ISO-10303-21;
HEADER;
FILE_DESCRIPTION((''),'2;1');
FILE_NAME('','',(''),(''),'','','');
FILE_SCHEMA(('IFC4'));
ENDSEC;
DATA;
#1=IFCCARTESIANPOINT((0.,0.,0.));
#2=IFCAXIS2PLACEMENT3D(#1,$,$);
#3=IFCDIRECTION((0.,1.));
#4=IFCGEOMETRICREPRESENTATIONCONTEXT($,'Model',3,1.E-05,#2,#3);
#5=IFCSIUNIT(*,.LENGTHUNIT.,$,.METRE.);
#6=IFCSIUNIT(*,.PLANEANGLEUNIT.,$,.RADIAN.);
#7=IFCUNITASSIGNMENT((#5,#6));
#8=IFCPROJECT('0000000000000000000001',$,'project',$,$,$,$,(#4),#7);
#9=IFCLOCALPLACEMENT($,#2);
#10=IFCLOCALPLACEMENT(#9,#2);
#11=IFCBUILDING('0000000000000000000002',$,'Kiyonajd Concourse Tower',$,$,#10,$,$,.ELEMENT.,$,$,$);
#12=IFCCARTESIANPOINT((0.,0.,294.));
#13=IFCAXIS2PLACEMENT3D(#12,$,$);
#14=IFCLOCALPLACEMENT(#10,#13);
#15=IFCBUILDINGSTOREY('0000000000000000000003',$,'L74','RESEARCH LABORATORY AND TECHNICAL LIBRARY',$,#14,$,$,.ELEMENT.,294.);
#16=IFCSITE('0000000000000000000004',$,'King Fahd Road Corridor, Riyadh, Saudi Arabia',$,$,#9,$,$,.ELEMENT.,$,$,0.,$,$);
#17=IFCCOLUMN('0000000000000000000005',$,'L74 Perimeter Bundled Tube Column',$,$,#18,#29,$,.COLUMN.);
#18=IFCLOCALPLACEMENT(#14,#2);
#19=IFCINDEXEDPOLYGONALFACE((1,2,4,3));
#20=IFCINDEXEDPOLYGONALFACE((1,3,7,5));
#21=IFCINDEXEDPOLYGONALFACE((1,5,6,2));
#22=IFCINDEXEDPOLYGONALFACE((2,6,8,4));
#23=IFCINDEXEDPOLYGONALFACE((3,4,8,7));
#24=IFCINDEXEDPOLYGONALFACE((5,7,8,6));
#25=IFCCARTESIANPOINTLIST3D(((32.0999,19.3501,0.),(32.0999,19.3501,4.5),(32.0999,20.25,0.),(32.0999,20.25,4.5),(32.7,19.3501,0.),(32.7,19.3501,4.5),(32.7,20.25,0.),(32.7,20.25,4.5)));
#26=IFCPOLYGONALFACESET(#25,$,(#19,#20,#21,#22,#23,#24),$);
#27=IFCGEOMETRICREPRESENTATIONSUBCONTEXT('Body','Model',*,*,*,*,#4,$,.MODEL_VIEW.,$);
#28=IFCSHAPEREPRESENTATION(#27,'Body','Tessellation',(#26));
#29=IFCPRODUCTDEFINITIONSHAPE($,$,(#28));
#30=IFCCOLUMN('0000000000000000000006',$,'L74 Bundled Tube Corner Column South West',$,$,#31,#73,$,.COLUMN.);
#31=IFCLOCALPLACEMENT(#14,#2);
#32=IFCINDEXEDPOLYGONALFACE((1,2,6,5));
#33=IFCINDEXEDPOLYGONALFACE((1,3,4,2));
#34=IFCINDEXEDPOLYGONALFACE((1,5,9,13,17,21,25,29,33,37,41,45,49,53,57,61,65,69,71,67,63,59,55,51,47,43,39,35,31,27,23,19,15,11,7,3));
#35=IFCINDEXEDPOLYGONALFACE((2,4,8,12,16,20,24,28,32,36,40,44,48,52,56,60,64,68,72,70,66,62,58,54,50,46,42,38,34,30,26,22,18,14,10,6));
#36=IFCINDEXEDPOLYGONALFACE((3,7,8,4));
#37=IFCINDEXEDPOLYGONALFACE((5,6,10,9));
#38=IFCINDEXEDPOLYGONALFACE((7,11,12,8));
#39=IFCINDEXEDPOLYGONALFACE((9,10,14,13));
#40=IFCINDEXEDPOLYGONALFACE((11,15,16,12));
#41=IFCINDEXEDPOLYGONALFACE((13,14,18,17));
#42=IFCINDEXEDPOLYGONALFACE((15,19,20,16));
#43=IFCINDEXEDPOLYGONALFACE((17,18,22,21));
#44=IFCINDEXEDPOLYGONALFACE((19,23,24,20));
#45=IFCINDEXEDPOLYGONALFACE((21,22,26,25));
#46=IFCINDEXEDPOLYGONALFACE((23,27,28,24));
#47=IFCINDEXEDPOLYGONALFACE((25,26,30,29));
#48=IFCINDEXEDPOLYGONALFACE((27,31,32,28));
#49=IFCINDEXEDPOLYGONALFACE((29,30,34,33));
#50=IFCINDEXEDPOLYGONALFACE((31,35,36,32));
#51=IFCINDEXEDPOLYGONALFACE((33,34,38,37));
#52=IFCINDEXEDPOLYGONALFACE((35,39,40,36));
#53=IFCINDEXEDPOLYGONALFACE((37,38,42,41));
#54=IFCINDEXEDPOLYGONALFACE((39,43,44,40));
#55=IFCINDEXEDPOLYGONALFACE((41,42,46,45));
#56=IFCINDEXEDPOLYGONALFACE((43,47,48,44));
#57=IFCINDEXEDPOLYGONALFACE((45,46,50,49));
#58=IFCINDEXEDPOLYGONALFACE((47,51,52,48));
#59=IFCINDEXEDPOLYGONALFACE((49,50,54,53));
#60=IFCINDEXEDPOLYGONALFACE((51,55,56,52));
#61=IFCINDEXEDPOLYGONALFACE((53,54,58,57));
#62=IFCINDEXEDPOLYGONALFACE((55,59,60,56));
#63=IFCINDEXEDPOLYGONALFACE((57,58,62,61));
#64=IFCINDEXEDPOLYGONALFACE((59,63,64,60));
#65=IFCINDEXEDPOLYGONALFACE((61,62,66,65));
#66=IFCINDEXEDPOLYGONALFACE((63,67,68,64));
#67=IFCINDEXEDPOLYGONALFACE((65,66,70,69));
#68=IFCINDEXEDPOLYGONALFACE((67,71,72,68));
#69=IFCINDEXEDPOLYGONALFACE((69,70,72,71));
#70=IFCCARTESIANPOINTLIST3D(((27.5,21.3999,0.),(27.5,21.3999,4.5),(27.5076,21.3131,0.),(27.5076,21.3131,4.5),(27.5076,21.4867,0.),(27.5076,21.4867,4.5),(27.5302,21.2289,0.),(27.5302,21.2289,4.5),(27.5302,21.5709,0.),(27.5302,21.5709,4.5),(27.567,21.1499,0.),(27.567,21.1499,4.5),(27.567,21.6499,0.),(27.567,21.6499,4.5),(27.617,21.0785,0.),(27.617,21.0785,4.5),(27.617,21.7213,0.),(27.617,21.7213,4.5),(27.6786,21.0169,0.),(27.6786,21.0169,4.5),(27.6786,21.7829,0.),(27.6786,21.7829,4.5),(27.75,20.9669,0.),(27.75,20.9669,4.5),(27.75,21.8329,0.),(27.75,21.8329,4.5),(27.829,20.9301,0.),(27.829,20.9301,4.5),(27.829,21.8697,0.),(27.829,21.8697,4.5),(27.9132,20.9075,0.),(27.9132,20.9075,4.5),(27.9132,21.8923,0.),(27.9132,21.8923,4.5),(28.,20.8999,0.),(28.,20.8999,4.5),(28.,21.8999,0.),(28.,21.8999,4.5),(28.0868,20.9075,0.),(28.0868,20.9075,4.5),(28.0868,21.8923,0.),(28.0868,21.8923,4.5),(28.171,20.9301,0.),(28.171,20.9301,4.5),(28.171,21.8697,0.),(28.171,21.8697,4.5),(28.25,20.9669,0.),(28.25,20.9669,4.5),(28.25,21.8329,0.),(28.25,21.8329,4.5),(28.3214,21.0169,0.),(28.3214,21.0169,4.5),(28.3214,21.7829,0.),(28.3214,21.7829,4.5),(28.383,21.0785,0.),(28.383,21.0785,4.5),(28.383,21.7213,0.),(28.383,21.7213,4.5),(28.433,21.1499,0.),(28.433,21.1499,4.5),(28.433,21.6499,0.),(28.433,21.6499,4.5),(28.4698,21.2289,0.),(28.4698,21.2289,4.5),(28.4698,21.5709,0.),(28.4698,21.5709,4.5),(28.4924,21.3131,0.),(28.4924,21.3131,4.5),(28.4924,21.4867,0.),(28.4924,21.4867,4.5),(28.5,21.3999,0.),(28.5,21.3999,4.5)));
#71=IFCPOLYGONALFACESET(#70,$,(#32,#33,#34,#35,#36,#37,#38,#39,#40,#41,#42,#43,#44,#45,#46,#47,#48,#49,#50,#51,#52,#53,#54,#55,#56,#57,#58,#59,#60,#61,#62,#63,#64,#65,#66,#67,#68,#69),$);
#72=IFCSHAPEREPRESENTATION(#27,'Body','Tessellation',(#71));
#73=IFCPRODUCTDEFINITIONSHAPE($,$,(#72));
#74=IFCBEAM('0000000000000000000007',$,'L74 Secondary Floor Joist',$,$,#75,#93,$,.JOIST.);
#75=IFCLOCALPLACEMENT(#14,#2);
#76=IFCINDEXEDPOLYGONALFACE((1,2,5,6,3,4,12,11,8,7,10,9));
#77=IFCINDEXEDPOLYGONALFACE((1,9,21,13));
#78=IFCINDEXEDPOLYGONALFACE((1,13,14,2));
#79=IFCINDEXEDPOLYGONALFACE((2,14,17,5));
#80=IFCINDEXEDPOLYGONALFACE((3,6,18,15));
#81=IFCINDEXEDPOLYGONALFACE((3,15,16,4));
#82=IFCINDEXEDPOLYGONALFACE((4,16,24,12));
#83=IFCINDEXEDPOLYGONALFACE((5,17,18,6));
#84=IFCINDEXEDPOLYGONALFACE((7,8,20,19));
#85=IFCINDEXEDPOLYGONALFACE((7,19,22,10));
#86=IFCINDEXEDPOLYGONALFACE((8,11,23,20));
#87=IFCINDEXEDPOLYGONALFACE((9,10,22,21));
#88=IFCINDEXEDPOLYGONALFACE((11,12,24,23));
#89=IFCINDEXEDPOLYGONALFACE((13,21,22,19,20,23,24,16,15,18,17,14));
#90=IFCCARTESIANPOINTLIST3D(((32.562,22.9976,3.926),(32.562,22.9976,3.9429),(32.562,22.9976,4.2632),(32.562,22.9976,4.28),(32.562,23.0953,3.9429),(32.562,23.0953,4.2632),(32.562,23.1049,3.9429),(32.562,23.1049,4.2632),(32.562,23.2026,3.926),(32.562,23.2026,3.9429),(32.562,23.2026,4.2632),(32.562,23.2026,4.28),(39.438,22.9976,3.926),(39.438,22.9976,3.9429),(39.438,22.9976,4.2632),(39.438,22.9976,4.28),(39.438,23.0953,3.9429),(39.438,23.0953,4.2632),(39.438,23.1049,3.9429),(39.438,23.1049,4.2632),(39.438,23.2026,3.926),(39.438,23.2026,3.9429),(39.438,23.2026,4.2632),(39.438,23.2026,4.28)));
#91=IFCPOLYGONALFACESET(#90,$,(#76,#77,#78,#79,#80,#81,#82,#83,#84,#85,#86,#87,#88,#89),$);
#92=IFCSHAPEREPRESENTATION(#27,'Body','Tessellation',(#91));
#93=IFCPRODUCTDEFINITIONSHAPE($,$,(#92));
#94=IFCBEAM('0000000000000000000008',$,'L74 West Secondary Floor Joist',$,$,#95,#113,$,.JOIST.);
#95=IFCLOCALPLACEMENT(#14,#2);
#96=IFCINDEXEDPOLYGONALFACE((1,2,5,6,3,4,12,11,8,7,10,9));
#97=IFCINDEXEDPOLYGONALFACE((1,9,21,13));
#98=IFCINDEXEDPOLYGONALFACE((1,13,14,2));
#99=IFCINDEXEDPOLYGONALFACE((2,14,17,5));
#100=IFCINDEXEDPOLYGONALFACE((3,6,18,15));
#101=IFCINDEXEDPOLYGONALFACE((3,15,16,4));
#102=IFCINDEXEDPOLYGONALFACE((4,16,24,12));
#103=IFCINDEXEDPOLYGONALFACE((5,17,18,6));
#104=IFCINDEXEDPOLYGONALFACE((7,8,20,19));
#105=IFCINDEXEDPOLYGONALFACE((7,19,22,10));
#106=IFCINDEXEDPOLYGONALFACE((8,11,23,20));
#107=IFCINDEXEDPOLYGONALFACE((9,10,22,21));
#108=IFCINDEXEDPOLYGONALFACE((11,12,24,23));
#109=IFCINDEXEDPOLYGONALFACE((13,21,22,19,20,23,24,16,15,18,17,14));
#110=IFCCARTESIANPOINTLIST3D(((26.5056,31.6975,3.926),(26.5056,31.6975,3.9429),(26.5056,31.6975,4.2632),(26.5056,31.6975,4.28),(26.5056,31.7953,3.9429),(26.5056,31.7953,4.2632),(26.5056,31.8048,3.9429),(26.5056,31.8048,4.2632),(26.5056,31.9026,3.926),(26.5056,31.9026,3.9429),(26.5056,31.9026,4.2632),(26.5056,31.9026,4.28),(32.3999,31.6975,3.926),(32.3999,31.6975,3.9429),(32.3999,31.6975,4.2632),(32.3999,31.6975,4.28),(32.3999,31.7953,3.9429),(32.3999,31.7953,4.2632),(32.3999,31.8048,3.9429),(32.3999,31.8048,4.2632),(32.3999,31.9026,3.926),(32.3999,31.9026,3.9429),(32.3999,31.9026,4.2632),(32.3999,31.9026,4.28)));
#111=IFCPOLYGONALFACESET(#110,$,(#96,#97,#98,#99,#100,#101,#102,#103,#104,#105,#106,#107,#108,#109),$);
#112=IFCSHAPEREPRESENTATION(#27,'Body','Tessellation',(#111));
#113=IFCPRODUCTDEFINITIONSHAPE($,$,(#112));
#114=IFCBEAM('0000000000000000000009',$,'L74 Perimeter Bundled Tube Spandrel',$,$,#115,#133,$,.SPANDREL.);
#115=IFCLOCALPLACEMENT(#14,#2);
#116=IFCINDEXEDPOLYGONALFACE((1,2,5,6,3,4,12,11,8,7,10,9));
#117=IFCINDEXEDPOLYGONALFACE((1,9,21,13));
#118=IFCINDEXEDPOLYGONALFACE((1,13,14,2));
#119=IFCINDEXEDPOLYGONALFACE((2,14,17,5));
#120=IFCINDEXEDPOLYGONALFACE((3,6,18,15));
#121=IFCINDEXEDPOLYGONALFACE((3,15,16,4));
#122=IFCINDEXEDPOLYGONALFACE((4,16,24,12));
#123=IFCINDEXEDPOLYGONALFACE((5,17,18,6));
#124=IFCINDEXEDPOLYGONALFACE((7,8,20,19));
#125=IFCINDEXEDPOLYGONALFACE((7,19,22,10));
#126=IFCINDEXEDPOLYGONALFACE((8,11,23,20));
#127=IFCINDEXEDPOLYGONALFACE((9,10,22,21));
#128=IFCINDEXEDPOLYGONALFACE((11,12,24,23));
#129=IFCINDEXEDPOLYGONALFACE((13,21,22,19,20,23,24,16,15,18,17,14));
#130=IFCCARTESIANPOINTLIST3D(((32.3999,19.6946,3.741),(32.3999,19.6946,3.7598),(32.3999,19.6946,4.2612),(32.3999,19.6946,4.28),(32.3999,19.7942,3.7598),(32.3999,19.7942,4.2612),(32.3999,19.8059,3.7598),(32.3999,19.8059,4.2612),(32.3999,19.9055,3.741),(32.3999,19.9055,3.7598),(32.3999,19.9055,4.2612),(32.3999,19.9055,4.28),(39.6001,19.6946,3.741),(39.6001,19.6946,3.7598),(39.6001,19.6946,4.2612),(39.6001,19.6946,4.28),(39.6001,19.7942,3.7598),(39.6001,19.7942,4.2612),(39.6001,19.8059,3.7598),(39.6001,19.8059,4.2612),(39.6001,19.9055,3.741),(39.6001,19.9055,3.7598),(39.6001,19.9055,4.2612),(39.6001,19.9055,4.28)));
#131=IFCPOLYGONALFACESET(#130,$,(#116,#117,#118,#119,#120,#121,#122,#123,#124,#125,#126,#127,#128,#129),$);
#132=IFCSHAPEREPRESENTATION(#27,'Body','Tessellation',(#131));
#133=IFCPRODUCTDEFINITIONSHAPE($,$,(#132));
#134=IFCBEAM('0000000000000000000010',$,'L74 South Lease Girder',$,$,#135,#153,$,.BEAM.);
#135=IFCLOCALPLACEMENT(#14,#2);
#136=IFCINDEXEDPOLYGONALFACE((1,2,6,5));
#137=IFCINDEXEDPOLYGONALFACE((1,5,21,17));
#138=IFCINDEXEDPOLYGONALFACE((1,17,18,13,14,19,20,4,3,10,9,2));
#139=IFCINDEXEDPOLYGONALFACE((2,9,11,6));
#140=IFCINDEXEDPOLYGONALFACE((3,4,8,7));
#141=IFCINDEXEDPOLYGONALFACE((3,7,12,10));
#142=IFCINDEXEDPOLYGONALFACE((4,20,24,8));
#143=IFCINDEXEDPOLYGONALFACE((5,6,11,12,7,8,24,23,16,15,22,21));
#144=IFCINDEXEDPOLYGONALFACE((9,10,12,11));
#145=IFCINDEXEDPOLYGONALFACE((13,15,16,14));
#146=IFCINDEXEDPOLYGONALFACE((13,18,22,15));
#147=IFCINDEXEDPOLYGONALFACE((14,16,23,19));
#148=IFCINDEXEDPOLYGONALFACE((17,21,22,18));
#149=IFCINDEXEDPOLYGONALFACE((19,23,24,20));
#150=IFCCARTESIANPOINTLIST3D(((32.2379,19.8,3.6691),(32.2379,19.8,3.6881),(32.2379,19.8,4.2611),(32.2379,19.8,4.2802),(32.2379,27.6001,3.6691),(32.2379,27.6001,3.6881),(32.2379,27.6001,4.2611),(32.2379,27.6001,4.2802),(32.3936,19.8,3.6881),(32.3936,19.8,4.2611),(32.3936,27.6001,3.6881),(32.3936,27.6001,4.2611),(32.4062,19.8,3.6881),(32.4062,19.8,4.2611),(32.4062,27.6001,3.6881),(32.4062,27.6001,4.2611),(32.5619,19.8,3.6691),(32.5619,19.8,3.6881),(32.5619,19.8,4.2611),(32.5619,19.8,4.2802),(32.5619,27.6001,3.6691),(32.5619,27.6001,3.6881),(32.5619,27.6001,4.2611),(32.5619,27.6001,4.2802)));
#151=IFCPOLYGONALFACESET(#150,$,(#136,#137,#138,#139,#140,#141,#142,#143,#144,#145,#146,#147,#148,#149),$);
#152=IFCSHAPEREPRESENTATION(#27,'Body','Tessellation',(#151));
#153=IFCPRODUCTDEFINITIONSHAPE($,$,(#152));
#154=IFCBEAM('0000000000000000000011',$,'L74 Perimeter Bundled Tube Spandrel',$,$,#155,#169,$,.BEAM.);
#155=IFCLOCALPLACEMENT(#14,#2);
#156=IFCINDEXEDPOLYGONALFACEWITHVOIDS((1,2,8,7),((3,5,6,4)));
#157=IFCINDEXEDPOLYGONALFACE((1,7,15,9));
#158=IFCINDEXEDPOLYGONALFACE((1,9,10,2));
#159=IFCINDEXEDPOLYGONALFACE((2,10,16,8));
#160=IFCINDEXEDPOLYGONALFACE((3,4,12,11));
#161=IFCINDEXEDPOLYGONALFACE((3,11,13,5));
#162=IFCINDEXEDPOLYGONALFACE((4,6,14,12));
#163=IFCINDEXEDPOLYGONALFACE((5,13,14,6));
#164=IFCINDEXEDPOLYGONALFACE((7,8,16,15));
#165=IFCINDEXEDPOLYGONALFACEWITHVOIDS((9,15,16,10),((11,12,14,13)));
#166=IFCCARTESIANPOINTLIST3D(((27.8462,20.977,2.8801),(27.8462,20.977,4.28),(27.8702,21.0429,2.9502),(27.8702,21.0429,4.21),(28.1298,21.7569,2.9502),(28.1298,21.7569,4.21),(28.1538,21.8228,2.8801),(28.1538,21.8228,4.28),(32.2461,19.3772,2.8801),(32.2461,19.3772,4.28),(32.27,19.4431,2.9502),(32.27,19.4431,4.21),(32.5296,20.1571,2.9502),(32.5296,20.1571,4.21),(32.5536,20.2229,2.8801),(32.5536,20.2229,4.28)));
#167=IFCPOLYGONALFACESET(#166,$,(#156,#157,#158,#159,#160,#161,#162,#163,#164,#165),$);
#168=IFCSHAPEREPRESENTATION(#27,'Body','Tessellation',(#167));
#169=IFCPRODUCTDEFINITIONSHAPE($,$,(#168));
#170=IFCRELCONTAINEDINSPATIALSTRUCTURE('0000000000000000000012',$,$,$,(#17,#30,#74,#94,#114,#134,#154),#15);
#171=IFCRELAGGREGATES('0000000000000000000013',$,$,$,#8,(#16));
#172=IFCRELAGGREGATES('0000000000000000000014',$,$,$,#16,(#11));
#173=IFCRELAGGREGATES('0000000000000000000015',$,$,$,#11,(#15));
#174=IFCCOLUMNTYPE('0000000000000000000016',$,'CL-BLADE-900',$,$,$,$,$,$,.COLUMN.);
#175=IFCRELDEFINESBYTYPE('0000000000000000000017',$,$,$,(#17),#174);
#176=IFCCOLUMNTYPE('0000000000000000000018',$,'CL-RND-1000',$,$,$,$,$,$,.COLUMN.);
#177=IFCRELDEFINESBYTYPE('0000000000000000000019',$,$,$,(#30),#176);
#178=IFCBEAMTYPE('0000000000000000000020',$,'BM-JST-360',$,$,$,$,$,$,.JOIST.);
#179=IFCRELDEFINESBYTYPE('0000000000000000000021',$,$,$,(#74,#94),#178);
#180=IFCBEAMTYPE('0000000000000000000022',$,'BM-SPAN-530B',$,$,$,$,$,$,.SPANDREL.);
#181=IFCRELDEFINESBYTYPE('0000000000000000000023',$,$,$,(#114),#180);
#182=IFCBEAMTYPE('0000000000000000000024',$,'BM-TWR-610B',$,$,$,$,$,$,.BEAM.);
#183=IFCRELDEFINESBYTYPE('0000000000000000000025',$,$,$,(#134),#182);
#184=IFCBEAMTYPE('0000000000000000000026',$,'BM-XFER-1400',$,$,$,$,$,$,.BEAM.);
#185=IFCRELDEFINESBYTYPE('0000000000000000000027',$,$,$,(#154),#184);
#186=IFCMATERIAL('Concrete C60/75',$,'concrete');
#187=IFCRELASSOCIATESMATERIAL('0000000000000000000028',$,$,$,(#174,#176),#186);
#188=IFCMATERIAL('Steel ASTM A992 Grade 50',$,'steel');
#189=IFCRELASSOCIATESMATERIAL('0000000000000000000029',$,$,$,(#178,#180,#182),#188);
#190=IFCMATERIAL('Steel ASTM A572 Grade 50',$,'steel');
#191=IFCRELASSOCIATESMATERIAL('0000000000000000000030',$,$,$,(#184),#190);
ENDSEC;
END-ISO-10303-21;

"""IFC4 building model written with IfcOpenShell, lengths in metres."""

from ifc_helpers import new_model, si_unit, direction, frame, origin, origin_2d, place, context, subcontext, project, spatial, rectangle, hollow_rectangle, circle, i_section, extrude, material, material_profile, profile_set, type_object, element, save


model = new_model("IFC4")

# Units and contexts
model_context = context("Model", 3, precision=1e-05, world=origin(), true_north=direction((0.0, 1.0)))
body_context = subcontext(model_context, "Body", "Model", "MODEL_VIEW")
ifc_project = project(units=[si_unit("LENGTHUNIT", "METRE"), si_unit("PLANEANGLEUNIT", "RADIAN")], contexts=[model_context])

# Site, building, storey
site_placement = place(None, origin())
site = spatial("IfcSite", under=ifc_project, at=site_placement, Name="King Fahd Road Corridor, Riyadh, Saudi Arabia", CompositionType="ELEMENT", RefElevation=0.0)
building_placement = place(site_placement, origin())
building = spatial("IfcBuilding", under=site, at=building_placement, Name="Kiyonajd Concourse Tower", CompositionType="ELEMENT")
storey_placement = place(building_placement, frame((0.0, 0.0, 294.0)))
storey = spatial("IfcBuildingStorey", under=building, at=storey_placement, Name="L74", Description="RESEARCH LABORATORY AND TECHNICAL LIBRARY", CompositionType="ELEMENT", Elevation=294.0)

# Columns
ifc_material_1 = material(Name="Concrete C60/75", Category="concrete")
ifc_material_profile_1 = material_profile(ifc_material_1, rectangle(XDim=0.6001, YDim=0.8999, at=origin_2d()), Name="RC-900x600")
ifc_profile_set_1 = profile_set([ifc_material_profile_1], Name="Concrete C60/75")
column_type_1 = type_object("IfcColumnType", Name="CL-BLADE-900", PredefinedType="COLUMN", material=ifc_profile_set_1)
column_1_placement = place(storey_placement, frame((32.3999, 19.8, 0.0), z_axis=(0.0, 0.0, 1.0), x_axis=(1.0, 0.0, 0.0)))
element("IfcColumn", 1, at=column_1_placement, inside=storey, type_object=column_type_1, Name="L74 Perimeter Bundled Tube Column", PredefinedType="COLUMN", context=body_context, shape_type="SweptSolid", body=[
    extrude(rectangle(XDim=0.6001, YDim=0.8999, at=origin_2d()), origin(), (0.0, 0.0, 1.0), 4.5),
])
ifc_material_profile_2 = material_profile(ifc_material_1, circle(Radius=0.5, at=origin_2d()), Name="RCC-D1000")
ifc_profile_set_2 = profile_set([ifc_material_profile_2], Name="Concrete C60/75")
column_type_2 = type_object("IfcColumnType", Name="CL-RND-1000", PredefinedType="COLUMN", material=ifc_profile_set_2)
column_2_placement = place(storey_placement, frame((28.0, 21.3999, 0.0), z_axis=(0.0, 0.0, 1.0), x_axis=(1.0, 0.0, 0.0)))
element("IfcColumn", 2, at=column_2_placement, inside=storey, type_object=column_type_2, Name="L74 Bundled Tube Corner Column South West", PredefinedType="COLUMN", context=body_context, shape_type="SweptSolid", body=[
    extrude(circle(Radius=0.5, at=origin_2d()), origin(), (0.0, 0.0, 1.0), 4.5),
])

# Beams
ifc_material_2 = material(Name="Steel ASTM A992 Grade 50", Category="steel")
ifc_material_profile_3 = material_profile(ifc_material_2, i_section(OverallWidth=0.2051, OverallDepth=0.354, WebThickness=0.0095, FlangeThickness=0.0168, at=origin_2d()), Name="W360X79")
ifc_profile_set_3 = profile_set([ifc_material_profile_3], Name="Steel ASTM A992 Grade 50")
beam_type_1 = type_object("IfcBeamType", Name="BM-JST-360", PredefinedType="JOIST", material=ifc_profile_set_3)
beam_1_placement = place(storey_placement, frame((32.562, 23.1001, 4.103), z_axis=(1.0, 0.0, 0.0), x_axis=(0.0, 1.0, 0.0)))
element("IfcBeam", 3, at=beam_1_placement, inside=storey, type_object=beam_type_1, Name="L74 Secondary Floor Joist", PredefinedType="JOIST", context=body_context, shape_type="SweptSolid", body=[
    extrude(i_section(OverallWidth=0.2051, OverallDepth=0.354, WebThickness=0.0095, FlangeThickness=0.0168, at=origin_2d()), origin(), (0.0, 0.0, 1.0), 6.876),
])
beam_2_placement = place(storey_placement, frame((26.5056, 31.8, 4.103), z_axis=(1.0, 0.0, 0.0), x_axis=(0.0, 1.0, 0.0)))
element("IfcBeam", 4, at=beam_2_placement, inside=storey, type_object=beam_type_1, Name="L74 West Secondary Floor Joist", PredefinedType="JOIST", context=body_context, shape_type="SweptSolid", body=[
    extrude(i_section(OverallWidth=0.2051, OverallDepth=0.354, WebThickness=0.0095, FlangeThickness=0.0168, at=origin_2d()), origin(), (0.0, 0.0, 1.0), 5.8943),
])
ifc_material_profile_4 = material_profile(ifc_material_2, i_section(OverallWidth=0.2109, OverallDepth=0.5391, WebThickness=0.0117, FlangeThickness=0.0188, at=origin_2d()), Name="W530X109")
ifc_profile_set_4 = profile_set([ifc_material_profile_4], Name="Steel ASTM A992 Grade 50")
beam_type_2 = type_object("IfcBeamType", Name="BM-SPAN-530B", PredefinedType="SPANDREL", material=ifc_profile_set_4)
beam_3_placement = place(storey_placement, frame((32.3999, 19.8, 4.0105), z_axis=(1.0, 0.0, 0.0), x_axis=(0.0, 1.0, 0.0)))
element("IfcBeam", 5, at=beam_3_placement, inside=storey, type_object=beam_type_2, Name="L74 Perimeter Bundled Tube Spandrel", PredefinedType="SPANDREL", context=body_context, shape_type="SweptSolid", body=[
    extrude(i_section(OverallWidth=0.2109, OverallDepth=0.5391, WebThickness=0.0117, FlangeThickness=0.0188, at=origin_2d()), origin(), (0.0, 0.0, 1.0), 7.2002),
])
ifc_material_profile_5 = material_profile(ifc_material_2, i_section(OverallWidth=0.324, OverallDepth=0.6111, WebThickness=0.0127, FlangeThickness=0.019, at=origin_2d()), Name="W610X155")
ifc_profile_set_5 = profile_set([ifc_material_profile_5], Name="Steel ASTM A992 Grade 50")
beam_type_3 = type_object("IfcBeamType", Name="BM-TWR-610B", PredefinedType="BEAM", material=ifc_profile_set_5)
beam_4_placement = place(storey_placement, frame((32.3999, 19.8, 3.9746), z_axis=(0.0, 1.0, 0.0), x_axis=(-1.0, 0.0, 0.0)))
element("IfcBeam", 6, at=beam_4_placement, inside=storey, type_object=beam_type_3, Name="L74 South Lease Girder", PredefinedType="BEAM", context=body_context, shape_type="SweptSolid", body=[
    extrude(i_section(OverallWidth=0.324, OverallDepth=0.6111, WebThickness=0.0127, FlangeThickness=0.019, at=origin_2d()), origin(), (0.0, 0.0, 1.0), 7.8),
])
ifc_material_3 = material(Name="Steel ASTM A572 Grade 50", Category="steel")
ifc_material_profile_6 = material_profile(ifc_material_3, hollow_rectangle(XDim=0.8999, YDim=1.3999, WallThickness=0.0701, at=origin_2d()), Name="BOX-1400x900x70")
ifc_profile_set_6 = profile_set([ifc_material_profile_6], Name="Steel ASTM A572 Grade 50")
beam_type_4 = type_object("IfcBeamType", Name="BM-XFER-1400", PredefinedType="BEAM", material=ifc_profile_set_6)
beam_5_placement = place(storey_placement, frame((28.0, 21.3999, 3.5801), z_axis=(0.939801, -0.341722, 0.0), x_axis=(0.341722, 0.939801, 0.0)))
element("IfcBeam", 7, at=beam_5_placement, inside=storey, type_object=beam_type_4, Name="L74 Perimeter Bundled Tube Spandrel", PredefinedType="BEAM", context=body_context, shape_type="SweptSolid", body=[
    extrude(hollow_rectangle(XDim=0.8999, YDim=1.3999, WallThickness=0.0701, at=origin_2d()), origin(), (0.0, 0.0, 1.0), 4.6816),
])

save(model, "model.ifc")
